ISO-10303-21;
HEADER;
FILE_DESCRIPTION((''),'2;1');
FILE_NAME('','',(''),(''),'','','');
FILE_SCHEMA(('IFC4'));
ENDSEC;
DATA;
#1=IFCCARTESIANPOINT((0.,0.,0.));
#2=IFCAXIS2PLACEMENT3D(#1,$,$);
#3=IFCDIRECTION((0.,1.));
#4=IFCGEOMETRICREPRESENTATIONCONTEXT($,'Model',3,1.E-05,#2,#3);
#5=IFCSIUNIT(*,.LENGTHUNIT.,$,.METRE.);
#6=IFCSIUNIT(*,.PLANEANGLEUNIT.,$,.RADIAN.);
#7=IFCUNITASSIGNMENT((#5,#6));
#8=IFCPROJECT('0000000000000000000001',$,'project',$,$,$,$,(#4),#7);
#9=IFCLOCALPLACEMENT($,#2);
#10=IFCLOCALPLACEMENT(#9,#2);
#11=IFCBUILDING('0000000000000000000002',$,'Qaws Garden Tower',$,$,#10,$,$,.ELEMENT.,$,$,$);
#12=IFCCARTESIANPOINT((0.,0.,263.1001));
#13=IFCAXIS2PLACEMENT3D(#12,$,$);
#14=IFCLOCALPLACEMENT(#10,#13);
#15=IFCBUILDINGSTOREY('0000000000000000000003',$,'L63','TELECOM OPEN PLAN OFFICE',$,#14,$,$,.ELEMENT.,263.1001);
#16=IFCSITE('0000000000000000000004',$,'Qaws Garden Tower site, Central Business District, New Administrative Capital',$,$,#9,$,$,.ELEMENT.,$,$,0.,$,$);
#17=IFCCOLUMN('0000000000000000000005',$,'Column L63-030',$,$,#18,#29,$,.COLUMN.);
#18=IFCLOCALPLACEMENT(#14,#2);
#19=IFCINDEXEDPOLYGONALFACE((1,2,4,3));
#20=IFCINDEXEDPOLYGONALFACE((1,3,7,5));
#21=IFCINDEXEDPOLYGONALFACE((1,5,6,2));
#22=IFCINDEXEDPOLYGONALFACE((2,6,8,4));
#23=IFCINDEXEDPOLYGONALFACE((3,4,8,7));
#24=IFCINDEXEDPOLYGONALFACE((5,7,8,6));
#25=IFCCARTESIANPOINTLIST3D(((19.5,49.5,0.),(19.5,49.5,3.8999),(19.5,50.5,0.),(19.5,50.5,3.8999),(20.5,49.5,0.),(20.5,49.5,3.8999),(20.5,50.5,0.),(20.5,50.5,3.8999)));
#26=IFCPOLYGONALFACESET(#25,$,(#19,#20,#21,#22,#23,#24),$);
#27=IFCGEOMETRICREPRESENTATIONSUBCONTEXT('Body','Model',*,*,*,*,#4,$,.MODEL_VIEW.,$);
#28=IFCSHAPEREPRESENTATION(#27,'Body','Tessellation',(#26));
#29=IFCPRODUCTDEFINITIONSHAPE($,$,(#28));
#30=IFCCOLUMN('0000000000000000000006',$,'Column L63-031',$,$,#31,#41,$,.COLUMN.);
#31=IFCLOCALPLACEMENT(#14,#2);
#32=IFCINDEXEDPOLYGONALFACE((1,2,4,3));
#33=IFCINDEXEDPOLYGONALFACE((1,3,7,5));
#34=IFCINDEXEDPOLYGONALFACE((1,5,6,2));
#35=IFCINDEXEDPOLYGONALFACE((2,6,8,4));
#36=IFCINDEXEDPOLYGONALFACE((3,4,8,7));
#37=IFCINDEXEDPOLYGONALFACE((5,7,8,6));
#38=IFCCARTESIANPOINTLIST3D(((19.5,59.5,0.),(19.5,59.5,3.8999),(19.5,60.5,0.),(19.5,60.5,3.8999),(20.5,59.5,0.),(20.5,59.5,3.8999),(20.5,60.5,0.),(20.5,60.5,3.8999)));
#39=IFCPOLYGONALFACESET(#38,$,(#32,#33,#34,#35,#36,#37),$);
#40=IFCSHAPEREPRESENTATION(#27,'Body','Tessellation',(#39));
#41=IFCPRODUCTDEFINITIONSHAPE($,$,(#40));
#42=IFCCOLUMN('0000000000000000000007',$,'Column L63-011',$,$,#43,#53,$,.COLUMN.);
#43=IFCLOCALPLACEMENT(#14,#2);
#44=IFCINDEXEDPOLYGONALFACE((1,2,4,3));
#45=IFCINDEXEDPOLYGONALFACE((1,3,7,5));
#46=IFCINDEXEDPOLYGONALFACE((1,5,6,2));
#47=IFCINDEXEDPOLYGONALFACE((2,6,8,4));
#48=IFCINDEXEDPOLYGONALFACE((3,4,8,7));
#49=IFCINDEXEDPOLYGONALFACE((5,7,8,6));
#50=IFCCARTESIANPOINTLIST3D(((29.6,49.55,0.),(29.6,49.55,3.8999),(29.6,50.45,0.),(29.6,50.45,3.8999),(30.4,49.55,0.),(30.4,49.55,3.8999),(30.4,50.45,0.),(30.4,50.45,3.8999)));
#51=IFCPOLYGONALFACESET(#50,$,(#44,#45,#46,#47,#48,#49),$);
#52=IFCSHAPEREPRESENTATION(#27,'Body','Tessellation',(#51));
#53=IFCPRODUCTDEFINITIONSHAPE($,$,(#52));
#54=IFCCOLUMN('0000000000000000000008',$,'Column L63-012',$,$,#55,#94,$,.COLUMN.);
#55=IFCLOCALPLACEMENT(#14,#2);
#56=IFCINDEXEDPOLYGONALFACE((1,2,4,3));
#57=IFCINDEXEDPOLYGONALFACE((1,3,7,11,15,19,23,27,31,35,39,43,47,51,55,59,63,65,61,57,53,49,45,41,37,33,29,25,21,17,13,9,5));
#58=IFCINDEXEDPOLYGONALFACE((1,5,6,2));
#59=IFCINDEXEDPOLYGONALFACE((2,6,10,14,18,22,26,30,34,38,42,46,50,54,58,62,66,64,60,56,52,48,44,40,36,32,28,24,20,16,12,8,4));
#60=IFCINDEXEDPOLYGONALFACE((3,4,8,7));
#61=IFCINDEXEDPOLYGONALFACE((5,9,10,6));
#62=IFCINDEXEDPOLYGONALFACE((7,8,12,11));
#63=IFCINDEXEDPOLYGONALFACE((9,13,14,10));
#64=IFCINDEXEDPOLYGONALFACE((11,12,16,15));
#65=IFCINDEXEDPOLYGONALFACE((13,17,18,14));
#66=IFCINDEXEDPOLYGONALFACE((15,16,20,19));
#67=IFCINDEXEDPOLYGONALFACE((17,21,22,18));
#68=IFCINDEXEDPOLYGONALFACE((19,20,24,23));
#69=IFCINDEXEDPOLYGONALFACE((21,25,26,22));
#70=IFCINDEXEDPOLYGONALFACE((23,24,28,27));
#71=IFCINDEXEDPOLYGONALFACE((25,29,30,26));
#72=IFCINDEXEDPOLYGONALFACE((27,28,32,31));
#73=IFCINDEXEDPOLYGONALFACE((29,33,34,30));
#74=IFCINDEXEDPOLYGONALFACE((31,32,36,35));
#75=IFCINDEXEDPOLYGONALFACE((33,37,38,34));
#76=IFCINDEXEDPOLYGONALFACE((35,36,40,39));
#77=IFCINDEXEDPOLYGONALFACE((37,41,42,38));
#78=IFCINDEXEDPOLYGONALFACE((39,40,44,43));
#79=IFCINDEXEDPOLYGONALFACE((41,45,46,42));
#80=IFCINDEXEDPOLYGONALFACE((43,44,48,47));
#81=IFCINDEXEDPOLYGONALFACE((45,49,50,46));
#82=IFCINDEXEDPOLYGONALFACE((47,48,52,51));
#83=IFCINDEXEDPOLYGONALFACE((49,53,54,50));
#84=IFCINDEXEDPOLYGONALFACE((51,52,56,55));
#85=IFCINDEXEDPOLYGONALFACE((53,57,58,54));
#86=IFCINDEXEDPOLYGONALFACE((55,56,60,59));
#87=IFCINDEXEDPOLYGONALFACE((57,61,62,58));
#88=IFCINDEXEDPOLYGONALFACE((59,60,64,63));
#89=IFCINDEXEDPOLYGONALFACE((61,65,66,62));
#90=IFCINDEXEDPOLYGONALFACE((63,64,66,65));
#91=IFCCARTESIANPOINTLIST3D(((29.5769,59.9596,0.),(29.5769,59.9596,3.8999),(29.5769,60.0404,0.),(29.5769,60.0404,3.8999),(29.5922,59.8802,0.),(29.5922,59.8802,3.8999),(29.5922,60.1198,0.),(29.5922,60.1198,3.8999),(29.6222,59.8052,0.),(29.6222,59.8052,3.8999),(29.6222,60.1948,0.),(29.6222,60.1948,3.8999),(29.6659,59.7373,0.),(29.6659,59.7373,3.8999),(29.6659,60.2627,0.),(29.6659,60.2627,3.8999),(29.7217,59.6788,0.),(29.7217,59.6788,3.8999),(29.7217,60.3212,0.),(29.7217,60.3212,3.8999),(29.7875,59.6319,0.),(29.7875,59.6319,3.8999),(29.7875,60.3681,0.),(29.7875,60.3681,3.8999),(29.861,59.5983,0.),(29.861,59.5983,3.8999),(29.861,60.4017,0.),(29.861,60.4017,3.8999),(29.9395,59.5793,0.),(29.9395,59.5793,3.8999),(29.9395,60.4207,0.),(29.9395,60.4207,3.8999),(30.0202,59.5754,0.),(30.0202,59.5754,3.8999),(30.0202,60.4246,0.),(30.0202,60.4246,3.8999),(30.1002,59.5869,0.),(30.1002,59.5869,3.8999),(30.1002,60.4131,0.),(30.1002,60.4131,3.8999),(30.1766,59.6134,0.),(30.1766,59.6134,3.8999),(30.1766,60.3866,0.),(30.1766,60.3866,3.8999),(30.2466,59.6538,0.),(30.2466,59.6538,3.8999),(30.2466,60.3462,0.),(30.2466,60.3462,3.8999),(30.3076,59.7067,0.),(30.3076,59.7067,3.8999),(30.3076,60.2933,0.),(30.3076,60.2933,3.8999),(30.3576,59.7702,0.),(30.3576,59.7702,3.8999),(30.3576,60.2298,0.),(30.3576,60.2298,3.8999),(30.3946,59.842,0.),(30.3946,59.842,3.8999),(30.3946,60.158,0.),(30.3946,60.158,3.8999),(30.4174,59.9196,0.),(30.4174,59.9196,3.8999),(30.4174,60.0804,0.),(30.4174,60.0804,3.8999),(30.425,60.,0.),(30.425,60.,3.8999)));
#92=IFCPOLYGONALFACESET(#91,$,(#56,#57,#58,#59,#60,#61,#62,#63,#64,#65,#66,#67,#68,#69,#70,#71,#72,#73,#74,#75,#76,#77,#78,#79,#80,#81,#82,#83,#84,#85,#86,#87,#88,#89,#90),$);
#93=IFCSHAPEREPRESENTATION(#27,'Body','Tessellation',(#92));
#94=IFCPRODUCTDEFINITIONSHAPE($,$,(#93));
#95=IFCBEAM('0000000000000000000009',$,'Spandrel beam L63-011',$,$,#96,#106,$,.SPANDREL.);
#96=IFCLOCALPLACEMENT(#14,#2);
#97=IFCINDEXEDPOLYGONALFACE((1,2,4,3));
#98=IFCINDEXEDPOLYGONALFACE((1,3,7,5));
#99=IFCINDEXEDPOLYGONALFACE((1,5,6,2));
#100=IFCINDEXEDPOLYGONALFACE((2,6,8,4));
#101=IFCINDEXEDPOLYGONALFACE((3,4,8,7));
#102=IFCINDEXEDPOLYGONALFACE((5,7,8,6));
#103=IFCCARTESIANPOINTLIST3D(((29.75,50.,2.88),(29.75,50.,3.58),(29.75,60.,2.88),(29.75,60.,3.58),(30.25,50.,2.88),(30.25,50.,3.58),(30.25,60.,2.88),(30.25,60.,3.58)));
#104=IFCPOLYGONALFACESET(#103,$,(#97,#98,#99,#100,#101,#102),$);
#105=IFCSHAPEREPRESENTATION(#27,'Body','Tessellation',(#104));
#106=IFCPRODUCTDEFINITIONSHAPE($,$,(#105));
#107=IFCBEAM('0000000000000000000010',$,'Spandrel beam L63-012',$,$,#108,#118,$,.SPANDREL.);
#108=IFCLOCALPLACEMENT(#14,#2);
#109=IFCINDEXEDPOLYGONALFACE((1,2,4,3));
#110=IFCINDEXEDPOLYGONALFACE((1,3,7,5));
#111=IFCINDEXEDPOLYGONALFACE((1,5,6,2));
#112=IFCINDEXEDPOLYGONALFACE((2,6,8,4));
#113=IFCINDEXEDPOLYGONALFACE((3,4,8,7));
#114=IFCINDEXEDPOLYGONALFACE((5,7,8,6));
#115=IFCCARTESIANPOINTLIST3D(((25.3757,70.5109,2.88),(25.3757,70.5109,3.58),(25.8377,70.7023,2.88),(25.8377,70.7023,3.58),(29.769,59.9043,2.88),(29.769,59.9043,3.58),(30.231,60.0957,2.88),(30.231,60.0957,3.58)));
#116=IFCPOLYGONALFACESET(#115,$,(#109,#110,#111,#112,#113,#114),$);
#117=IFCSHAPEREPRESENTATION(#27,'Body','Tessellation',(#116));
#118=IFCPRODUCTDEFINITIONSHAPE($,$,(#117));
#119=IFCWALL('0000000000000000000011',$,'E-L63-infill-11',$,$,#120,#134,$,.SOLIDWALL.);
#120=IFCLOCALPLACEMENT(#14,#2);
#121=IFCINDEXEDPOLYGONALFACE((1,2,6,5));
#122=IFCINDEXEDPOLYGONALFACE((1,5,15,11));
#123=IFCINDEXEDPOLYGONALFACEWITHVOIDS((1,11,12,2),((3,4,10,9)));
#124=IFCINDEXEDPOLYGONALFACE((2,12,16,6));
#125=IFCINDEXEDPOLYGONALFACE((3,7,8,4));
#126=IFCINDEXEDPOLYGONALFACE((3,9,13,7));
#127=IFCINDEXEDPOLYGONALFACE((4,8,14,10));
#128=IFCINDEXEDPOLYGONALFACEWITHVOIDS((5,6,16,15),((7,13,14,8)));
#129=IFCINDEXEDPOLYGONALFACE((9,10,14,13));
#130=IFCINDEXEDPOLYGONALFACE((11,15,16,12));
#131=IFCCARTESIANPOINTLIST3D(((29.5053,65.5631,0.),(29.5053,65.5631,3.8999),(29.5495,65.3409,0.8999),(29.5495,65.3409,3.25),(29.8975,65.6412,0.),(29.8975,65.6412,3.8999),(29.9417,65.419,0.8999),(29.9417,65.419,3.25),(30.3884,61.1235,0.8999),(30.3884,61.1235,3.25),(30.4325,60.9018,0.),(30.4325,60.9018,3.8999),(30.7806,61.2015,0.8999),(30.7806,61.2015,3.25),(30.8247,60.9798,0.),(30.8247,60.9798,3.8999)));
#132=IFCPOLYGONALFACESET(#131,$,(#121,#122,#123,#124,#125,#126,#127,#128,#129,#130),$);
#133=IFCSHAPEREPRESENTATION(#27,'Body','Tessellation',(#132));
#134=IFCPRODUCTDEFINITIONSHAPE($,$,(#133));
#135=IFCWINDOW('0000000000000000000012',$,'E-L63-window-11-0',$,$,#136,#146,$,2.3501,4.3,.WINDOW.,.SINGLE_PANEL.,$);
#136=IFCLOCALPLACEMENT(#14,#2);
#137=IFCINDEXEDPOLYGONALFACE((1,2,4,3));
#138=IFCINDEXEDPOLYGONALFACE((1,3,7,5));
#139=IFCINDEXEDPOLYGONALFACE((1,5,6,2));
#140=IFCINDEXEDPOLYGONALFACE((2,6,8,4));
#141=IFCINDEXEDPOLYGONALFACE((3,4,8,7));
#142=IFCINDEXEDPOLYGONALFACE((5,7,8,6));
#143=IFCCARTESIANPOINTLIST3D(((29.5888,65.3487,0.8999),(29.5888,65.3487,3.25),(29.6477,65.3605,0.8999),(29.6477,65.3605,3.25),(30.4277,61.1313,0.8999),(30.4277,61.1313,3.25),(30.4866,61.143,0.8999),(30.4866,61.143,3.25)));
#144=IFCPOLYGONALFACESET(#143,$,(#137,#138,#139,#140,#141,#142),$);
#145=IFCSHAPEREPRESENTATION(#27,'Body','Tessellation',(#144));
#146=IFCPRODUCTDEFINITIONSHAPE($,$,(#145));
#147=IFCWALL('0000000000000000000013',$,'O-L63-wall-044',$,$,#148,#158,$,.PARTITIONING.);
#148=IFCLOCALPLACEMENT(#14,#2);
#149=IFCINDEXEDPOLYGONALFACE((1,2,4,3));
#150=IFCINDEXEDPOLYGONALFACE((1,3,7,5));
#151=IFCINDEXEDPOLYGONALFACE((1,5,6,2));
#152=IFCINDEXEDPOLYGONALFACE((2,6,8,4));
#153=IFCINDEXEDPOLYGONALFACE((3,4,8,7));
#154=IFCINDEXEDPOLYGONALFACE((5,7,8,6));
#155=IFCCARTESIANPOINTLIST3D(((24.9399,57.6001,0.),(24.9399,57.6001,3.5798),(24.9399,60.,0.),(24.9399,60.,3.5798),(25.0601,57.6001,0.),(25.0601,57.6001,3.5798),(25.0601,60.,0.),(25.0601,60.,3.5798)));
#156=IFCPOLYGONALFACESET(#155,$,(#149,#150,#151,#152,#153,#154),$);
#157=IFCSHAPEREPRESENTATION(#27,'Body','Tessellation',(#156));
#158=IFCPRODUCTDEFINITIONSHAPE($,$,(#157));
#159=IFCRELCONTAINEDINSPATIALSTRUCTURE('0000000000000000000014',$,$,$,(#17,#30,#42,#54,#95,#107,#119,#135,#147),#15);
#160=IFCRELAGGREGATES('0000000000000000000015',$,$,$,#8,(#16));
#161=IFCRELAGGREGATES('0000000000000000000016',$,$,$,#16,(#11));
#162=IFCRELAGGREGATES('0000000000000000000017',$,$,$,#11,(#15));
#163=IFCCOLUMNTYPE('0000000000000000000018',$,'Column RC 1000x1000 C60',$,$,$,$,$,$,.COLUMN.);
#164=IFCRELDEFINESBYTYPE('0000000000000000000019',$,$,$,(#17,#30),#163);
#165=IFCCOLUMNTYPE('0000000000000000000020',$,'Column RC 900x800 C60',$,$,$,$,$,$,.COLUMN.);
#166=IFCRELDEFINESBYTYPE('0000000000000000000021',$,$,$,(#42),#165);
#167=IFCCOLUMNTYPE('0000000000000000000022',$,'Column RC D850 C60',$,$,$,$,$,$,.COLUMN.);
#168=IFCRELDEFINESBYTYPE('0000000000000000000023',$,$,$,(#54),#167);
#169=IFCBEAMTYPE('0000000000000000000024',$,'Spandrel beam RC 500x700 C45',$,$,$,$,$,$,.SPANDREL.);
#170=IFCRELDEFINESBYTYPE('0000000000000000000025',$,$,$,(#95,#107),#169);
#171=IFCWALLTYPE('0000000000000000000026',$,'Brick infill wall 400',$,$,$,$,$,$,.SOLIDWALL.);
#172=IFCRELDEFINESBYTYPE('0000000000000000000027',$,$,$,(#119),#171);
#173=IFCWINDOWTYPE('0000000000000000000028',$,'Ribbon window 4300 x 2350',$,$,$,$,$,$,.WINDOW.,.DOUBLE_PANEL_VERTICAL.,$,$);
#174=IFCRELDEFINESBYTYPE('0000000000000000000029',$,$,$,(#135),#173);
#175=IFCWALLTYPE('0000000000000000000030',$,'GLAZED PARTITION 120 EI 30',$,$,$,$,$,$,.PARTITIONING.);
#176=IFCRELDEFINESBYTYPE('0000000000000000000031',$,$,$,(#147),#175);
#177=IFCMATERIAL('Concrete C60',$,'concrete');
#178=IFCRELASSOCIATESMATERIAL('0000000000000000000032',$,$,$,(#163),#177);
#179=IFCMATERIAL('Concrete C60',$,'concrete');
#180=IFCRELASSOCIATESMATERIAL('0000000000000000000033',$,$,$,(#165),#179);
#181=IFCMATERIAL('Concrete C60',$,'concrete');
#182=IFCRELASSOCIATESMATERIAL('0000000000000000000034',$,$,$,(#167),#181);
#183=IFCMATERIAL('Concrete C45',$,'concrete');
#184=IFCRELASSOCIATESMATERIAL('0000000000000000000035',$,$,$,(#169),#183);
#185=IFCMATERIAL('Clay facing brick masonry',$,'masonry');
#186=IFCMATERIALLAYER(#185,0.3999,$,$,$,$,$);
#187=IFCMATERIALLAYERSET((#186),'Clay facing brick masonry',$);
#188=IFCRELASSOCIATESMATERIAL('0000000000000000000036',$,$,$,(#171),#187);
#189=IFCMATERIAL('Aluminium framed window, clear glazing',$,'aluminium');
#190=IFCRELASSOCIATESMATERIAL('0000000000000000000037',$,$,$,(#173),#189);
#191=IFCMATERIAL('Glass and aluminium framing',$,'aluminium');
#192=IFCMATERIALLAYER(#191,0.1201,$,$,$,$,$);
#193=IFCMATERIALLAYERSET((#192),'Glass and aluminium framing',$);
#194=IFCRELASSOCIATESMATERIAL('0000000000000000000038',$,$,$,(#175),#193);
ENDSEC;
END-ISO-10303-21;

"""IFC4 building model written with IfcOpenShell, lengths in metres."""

from ifc_helpers import new_model, si_unit, direction, frame, frame_2d, origin, origin_2d, place, context, subcontext, project, spatial, rectangle, circle, extrude, material, layer, layer_set, material_profile, profile_set, type_object, element, fill, save


model = new_model("IFC4")

# Units and contexts
model_context = context("Model", 3, precision=1e-05, world=origin(), true_north=direction((0.0, 1.0)))
body_context = subcontext(model_context, "Body", "Model", "MODEL_VIEW")
ifc_project = project(units=[si_unit("LENGTHUNIT", "METRE"), si_unit("PLANEANGLEUNIT", "RADIAN")], contexts=[model_context])

# Site, building, storey
site_placement = place(None, origin())
site = spatial("IfcSite", under=ifc_project, at=site_placement, Name="Qaws Garden Tower site, Central Business District, New Administrative Capital", CompositionType="ELEMENT", RefElevation=0.0)
building_placement = place(site_placement, origin())
building = spatial("IfcBuilding", under=site, at=building_placement, Name="Qaws Garden Tower", CompositionType="ELEMENT")
storey_placement = place(building_placement, frame((0.0, 0.0, 263.1001)))
storey = spatial("IfcBuildingStorey", under=building, at=storey_placement, Name="L63", Description="TELECOM OPEN PLAN OFFICE", CompositionType="ELEMENT", Elevation=263.1001)

# Columns
ifc_material_1 = material(Name="Concrete C60", Category="concrete")
ifc_material_profile_1 = material_profile(ifc_material_1, rectangle(XDim=1.0, YDim=1.0, at=origin_2d()), Name="RC 1000x1000")
ifc_profile_set_1 = profile_set([ifc_material_profile_1], Name="Concrete C60")
column_type_1 = type_object("IfcColumnType", Name="Column RC 1000x1000 C60", PredefinedType="COLUMN", material=ifc_profile_set_1)
for number, where, z_axis, x_axis, name in (
    (1, (20.0, 50.0, 0.0), (0.0, 0.0, 1.0), (1.0, 0.0, 0.0), "Column L63-030"),
    (2, (20.0, 60.0, 0.0), (0.0, 0.0, 1.0), (1.0, 0.0, 0.0), "Column L63-031"),
):
    element("IfcColumn", number, at=place(storey_placement, frame(where, z_axis=z_axis, x_axis=x_axis)), inside=storey, type_object=column_type_1, Name=name, PredefinedType="COLUMN", context=body_context, shape_type="SweptSolid", body=[
        extrude(rectangle(XDim=1.0, YDim=1.0, at=origin_2d()), origin(), (0.0, 0.0, 1.0), 3.8999),
    ])
ifc_material_2 = material(Name="Concrete C60", Category="concrete")
ifc_material_profile_2 = material_profile(ifc_material_2, rectangle(XDim=0.8999, YDim=0.8, at=origin_2d()), Name="RC 900x800")
ifc_profile_set_2 = profile_set([ifc_material_profile_2], Name="Concrete C60")
column_type_2 = type_object("IfcColumnType", Name="Column RC 900x800 C60", PredefinedType="COLUMN", material=ifc_profile_set_2)
column_1_placement = place(storey_placement, frame((30.0, 50.0, 0.0), z_axis=(0.0, 0.0, 1.0), x_axis=(0.0, 1.0, 0.0)))
element("IfcColumn", 3, at=column_1_placement, inside=storey, type_object=column_type_2, Name="Column L63-011", PredefinedType="COLUMN", context=body_context, shape_type="SweptSolid", body=[
    extrude(rectangle(XDim=0.8999, YDim=0.8, at=origin_2d()), origin(), (0.0, 0.0, 1.0), 3.8999),
])
ifc_material_3 = material(Name="Concrete C60", Category="concrete")
ifc_material_profile_3 = material_profile(ifc_material_3, circle(Radius=0.425, at=origin_2d()), Name="RC D850")
ifc_profile_set_3 = profile_set([ifc_material_profile_3], Name="Concrete C60")
column_type_3 = type_object("IfcColumnType", Name="Column RC D850 C60", PredefinedType="COLUMN", material=ifc_profile_set_3)
column_2_placement = place(storey_placement, frame((30.0, 60.0, 0.0), z_axis=(0.0, 0.0, 1.0), x_axis=(1.0, 0.0, 0.0)))
element("IfcColumn", 4, at=column_2_placement, inside=storey, type_object=column_type_3, Name="Column L63-012", PredefinedType="COLUMN", context=body_context, shape_type="SweptSolid", body=[
    extrude(circle(Radius=0.425, at=origin_2d()), origin(), (0.0, 0.0, 1.0), 3.8999),
])

# Beams
ifc_material_4 = material(Name="Concrete C45", Category="concrete")
ifc_material_profile_4 = material_profile(ifc_material_4, rectangle(XDim=0.5, YDim=0.7, at=origin_2d()), Name="RC 500x700")
ifc_profile_set_4 = profile_set([ifc_material_profile_4], Name="Concrete C45")
beam_type = type_object("IfcBeamType", Name="Spandrel beam RC 500x700 C45", PredefinedType="SPANDREL", material=ifc_profile_set_4)
beam_1_placement = place(storey_placement, frame((30.0, 50.0, 3.23), z_axis=(0.0, 1.0, 0.0), x_axis=(-1.0, 0.0, 0.0)))
element("IfcBeam", 5, at=beam_1_placement, inside=storey, type_object=beam_type, Name="Spandrel beam L63-011", PredefinedType="SPANDREL", context=body_context, shape_type="SweptSolid", body=[
    extrude(rectangle(XDim=0.5, YDim=0.7, at=origin_2d()), origin(), (0.0, 0.0, 1.0), 10.0),
])
beam_2_placement = place(storey_placement, frame((30.0, 60.0, 3.23), z_axis=(-0.382674, 0.923883, 0.0), x_axis=(-0.923883, -0.382674, 0.0)))
element("IfcBeam", 6, at=beam_2_placement, inside=storey, type_object=beam_type, Name="Spandrel beam L63-012", PredefinedType="SPANDREL", context=body_context, shape_type="SweptSolid", body=[
    extrude(rectangle(XDim=0.5, YDim=0.7, at=origin_2d()), origin(), (0.0, 0.0, 1.0), 11.4805),
])

# Wall, opening, window
ifc_material_5 = material(Name="Clay facing brick masonry", Category="masonry")
ifc_layer_1 = layer(ifc_material_5, 0.3999)
ifc_layer_set_1 = layer_set([ifc_layer_1], Name="Clay facing brick masonry")
wall_type_1 = type_object("IfcWallType", Name="Brick infill wall 400", PredefinedType="SOLIDWALL", material=ifc_layer_set_1)
wall_1_placement = place(storey_placement, frame((30.6287, 60.9407, 0.0), z_axis=(0.0, 0.0, 1.0), x_axis=(-0.195099, 0.980784, 0.0)))
wall_1 = element("IfcWall", 7, at=wall_1_placement, inside=storey, type_object=wall_type_1, Name="E-L63-infill-11", PredefinedType="SOLIDWALL", context=body_context, shape_type="SweptSolid", body=[
    extrude(rectangle(XDim=4.7527, YDim=0.3999, at=frame_2d((2.3765, 0.0))), origin(), (0.0, 0.0, 1.0), 3.8999),
])
opening_1_placement = place(wall_1_placement, frame((0.2263, 0.0, 0.8999)))
opening_1 = element("IfcOpeningElement", 8, at=opening_1_placement, cuts=wall_1, PredefinedType="OPENING", context=body_context, shape_type="SweptSolid", body=[
    extrude(rectangle(XDim=4.3, YDim=2.3501, at=frame_2d((2.1499, 1.175))), frame((0.0, 0.21, 0.0), z_axis=(0.0, -1.0, 0.0), x_axis=(1.0, 0.0, 0.0)), (0.0, 0.0, 1.0), 0.4199),
])
ifc_material_6 = material(Name="Aluminium framed window, clear glazing", Category="aluminium")
window_type = type_object("IfcWindowType", Name="Ribbon window 4300 x 2350", PartitioningType="DOUBLE_PANEL_VERTICAL", PredefinedType="WINDOW", material=ifc_material_6)
window_placement = place(opening_1_placement, origin())
window = element("IfcWindow", 9, at=window_placement, inside=storey, type_object=window_type, Name="E-L63-window-11-0", OverallHeight=2.3501, OverallWidth=4.3, PartitioningType="SINGLE_PANEL", PredefinedType="WINDOW", context=body_context, shape_type="SweptSolid", body=[
    extrude(rectangle(XDim=4.3, YDim=2.3501, at=frame_2d((2.1499, 1.175))), frame((0.0, 0.1599, 0.0), z_axis=(0.0, -1.0, 0.0), x_axis=(1.0, 0.0, 0.0)), (0.0, 0.0, 1.0), 0.0601),
])
fill(opening_1, window)

# Wall
ifc_material_7 = material(Name="Glass and aluminium framing", Category="aluminium")
ifc_layer_2 = layer(ifc_material_7, 0.1201)
ifc_layer_set_2 = layer_set([ifc_layer_2], Name="Glass and aluminium framing")
wall_type_2 = type_object("IfcWallType", Name="GLAZED PARTITION 120 EI 30", PredefinedType="PARTITIONING", material=ifc_layer_set_2)
wall_2_placement = place(storey_placement, frame((25.0, 57.6001, 0.0), z_axis=(0.0, 0.0, 1.0), x_axis=(0.0, 1.0, 0.0)))
element("IfcWall", 10, at=wall_2_placement, inside=storey, type_object=wall_type_2, Name="O-L63-wall-044", PredefinedType="PARTITIONING", context=body_context, shape_type="SweptSolid", body=[
    extrude(rectangle(XDim=2.3999, YDim=0.1201, at=frame_2d((1.2, 0.0))), origin(), (0.0, 0.0, 1.0), 3.5798),
])

save(model, "model.ifc")
